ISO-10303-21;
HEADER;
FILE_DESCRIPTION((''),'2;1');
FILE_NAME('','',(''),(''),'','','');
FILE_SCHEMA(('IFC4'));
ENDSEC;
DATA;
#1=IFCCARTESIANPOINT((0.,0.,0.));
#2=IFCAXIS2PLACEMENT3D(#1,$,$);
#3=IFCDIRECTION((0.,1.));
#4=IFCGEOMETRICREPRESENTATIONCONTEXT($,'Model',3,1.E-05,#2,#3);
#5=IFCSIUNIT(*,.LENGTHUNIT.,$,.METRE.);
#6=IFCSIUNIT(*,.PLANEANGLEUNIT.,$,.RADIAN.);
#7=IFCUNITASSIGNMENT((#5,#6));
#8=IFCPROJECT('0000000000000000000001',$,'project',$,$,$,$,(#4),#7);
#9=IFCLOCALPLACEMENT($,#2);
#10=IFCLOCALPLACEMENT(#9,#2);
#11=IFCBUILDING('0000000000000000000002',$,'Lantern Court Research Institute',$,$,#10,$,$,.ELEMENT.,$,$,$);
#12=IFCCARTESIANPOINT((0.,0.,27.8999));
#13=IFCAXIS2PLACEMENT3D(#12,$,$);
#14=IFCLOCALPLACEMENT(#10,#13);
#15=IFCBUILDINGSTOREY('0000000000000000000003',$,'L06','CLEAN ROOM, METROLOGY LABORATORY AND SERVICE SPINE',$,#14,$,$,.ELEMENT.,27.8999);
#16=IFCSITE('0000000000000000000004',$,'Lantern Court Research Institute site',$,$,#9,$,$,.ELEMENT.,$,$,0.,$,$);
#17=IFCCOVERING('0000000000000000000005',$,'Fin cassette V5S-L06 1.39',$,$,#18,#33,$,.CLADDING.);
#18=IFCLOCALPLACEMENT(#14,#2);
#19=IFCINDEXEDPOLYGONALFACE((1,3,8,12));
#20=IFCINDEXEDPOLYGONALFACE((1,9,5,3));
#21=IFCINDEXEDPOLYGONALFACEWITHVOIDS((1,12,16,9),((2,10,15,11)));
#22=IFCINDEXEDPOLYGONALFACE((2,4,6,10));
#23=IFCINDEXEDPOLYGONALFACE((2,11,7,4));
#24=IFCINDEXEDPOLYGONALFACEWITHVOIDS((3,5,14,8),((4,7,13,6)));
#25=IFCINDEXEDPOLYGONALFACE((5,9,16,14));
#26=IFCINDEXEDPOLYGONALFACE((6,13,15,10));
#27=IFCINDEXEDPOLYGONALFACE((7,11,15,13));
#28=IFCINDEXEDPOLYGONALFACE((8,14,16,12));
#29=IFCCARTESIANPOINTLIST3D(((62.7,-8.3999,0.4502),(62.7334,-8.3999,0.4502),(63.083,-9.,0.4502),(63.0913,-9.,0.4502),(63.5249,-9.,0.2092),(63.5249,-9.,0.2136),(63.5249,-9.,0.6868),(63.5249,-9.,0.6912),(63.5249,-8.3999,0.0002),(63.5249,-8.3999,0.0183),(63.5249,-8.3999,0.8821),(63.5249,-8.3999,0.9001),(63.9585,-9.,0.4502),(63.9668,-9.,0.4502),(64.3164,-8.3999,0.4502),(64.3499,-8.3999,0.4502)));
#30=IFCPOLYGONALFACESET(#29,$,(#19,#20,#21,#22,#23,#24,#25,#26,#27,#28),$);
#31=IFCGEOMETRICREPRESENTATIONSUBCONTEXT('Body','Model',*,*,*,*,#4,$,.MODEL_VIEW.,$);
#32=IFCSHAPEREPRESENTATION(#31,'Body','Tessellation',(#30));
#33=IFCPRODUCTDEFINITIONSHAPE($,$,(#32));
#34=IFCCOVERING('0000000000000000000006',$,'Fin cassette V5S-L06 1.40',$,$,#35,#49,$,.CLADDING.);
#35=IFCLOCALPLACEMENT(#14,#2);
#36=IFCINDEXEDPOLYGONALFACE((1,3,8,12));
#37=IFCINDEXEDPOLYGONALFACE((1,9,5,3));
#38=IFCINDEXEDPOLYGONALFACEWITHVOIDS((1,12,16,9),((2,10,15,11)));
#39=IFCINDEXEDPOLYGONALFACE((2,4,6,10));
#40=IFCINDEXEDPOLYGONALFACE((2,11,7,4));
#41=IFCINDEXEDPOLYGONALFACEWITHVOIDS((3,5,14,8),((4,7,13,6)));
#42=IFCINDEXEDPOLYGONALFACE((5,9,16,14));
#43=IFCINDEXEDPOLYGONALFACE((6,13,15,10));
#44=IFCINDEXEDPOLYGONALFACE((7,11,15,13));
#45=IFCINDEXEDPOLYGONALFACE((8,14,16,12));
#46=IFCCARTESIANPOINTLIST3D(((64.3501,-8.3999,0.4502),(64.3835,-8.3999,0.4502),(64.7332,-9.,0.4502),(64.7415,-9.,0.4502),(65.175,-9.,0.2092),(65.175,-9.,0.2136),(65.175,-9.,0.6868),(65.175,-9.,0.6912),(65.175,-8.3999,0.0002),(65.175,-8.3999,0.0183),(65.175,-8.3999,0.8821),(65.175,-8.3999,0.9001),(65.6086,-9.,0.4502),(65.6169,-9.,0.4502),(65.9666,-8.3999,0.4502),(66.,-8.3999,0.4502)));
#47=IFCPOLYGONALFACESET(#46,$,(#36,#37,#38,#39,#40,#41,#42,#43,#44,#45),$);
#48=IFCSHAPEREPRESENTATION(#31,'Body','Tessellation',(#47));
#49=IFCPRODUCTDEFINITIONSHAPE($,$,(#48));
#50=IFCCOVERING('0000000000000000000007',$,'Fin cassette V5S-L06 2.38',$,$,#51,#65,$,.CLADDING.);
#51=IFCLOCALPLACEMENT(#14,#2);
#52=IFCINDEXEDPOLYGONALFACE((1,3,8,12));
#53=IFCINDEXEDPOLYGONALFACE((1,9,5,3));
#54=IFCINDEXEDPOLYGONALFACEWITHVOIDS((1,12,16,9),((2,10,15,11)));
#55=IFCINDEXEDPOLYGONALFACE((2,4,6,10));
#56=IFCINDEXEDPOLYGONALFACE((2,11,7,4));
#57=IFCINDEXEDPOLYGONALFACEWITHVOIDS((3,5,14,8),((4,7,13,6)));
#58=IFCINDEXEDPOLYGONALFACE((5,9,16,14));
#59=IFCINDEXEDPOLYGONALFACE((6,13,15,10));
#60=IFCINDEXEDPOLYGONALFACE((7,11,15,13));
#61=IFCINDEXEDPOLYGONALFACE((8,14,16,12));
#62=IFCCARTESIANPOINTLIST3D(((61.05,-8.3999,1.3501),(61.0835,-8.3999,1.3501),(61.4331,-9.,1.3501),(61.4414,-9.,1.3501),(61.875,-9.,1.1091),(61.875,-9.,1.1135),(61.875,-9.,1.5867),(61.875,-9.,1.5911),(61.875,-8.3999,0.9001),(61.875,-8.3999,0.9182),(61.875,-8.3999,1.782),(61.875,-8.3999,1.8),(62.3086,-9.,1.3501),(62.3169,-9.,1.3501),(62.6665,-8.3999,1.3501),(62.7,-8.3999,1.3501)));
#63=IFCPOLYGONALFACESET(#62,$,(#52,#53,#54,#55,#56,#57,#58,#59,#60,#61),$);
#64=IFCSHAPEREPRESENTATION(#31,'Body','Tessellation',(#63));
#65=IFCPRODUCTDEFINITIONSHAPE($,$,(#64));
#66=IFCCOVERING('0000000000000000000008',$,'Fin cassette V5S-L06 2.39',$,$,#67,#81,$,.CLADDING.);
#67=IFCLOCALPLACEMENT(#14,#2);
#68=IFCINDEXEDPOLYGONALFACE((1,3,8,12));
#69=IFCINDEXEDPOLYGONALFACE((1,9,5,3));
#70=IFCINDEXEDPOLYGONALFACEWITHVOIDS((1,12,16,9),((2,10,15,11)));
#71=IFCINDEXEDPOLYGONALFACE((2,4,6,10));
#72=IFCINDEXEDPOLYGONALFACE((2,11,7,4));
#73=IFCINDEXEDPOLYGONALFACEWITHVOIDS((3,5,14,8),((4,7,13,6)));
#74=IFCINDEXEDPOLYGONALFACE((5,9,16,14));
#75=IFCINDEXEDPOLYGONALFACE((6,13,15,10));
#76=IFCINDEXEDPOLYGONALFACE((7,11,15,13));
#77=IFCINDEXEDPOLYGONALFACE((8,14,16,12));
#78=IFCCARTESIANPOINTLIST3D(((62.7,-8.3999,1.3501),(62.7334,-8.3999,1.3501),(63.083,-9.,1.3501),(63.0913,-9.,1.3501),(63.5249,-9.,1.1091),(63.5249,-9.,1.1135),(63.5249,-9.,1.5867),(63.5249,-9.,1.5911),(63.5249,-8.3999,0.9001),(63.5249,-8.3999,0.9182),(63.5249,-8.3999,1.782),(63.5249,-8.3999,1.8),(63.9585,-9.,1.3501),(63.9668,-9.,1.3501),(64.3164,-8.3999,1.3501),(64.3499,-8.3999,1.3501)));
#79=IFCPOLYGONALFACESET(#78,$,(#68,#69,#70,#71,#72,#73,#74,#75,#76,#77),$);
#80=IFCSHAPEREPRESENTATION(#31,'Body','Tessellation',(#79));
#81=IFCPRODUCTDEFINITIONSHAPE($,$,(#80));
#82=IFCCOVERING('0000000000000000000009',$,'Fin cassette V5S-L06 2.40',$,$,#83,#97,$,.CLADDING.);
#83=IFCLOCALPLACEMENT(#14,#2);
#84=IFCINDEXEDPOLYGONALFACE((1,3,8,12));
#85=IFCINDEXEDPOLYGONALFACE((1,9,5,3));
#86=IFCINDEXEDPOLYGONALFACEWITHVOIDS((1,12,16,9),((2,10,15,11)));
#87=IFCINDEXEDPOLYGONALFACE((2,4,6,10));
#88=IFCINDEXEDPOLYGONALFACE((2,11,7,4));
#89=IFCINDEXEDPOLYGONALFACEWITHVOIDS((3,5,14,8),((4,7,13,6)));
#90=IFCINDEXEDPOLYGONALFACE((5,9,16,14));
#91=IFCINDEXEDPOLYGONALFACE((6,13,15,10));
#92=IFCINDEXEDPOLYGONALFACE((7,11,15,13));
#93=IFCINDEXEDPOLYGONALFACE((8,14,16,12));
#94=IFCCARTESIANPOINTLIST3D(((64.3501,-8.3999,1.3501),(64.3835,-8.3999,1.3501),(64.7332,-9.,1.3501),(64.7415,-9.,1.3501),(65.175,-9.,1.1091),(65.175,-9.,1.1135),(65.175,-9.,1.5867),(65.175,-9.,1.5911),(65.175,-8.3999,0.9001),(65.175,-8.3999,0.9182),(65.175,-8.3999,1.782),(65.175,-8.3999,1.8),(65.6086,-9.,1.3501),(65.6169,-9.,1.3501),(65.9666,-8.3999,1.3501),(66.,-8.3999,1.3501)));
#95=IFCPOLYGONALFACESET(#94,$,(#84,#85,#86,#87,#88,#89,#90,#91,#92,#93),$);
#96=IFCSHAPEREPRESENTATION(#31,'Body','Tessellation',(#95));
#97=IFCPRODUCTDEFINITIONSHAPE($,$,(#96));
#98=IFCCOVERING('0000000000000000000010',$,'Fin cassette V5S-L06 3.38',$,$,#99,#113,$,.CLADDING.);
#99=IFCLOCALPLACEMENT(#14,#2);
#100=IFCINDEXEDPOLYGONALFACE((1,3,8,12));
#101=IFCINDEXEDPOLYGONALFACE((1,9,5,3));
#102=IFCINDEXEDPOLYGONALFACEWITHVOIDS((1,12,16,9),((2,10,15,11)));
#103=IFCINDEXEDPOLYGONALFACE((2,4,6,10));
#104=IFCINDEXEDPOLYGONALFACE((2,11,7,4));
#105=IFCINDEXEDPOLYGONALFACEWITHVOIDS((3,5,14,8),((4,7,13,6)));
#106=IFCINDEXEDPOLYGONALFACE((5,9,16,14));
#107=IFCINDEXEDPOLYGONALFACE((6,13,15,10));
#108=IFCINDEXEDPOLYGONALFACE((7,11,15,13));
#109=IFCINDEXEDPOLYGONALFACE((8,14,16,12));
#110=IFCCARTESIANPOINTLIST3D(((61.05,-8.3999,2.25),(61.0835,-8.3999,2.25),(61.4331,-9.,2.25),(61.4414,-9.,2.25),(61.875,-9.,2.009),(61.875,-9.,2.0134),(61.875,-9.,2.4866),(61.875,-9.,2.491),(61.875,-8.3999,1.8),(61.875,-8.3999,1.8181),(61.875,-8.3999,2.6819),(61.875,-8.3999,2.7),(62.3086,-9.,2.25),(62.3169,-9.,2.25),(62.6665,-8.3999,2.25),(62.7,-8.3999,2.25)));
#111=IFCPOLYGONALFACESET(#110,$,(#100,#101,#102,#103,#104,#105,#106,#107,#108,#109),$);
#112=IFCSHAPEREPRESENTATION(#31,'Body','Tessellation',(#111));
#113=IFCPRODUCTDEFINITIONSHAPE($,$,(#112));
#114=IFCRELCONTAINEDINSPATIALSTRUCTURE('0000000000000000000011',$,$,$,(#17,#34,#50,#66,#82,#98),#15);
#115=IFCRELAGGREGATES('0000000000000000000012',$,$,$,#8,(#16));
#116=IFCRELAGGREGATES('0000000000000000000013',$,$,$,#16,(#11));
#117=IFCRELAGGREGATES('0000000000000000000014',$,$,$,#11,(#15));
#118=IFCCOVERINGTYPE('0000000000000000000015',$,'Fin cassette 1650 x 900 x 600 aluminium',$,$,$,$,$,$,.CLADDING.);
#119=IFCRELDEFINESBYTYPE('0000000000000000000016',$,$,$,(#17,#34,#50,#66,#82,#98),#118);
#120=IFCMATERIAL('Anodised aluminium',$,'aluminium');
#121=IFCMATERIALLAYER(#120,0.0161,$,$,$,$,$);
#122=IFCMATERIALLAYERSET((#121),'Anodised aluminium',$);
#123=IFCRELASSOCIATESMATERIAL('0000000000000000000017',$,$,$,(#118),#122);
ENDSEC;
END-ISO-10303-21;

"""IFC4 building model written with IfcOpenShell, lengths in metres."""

from ifc_helpers import new_model, entity, si_unit, direction, frame, origin, place, context, subcontext, project, spatial, material, layer, layer_set, type_object, element, save


model = new_model("IFC4")

# Units and contexts
model_context = context("Model", 3, precision=1e-05, world=origin(), true_north=direction((0.0, 1.0)))
body_context = subcontext(model_context, "Body", "Model", "MODEL_VIEW")
ifc_project = project(units=[si_unit("LENGTHUNIT", "METRE"), si_unit("PLANEANGLEUNIT", "RADIAN")], contexts=[model_context])

# Site, building, storey
site_placement = place(None, origin())
site = spatial("IfcSite", under=ifc_project, at=site_placement, Name="Lantern Court Research Institute site", CompositionType="ELEMENT", RefElevation=0.0)
building_placement = place(site_placement, origin())
building = spatial("IfcBuilding", under=site, at=building_placement, Name="Lantern Court Research Institute", CompositionType="ELEMENT")
storey_placement = place(building_placement, frame((0.0, 0.0, 27.8999)))
storey = spatial("IfcBuildingStorey", under=building, at=storey_placement, Name="L06", Description="CLEAN ROOM, METROLOGY LABORATORY AND SERVICE SPINE", CompositionType="ELEMENT", Elevation=27.8999)

# Coverings
ifc_material_1 = material(Name="Anodised aluminium", Category="aluminium")
ifc_layer_1 = layer(ifc_material_1, 0.0161)
ifc_layer_set_1 = layer_set([ifc_layer_1], Name="Anodised aluminium")
covering_type = type_object("IfcCoveringType", Name="Fin cassette 1650 x 900 x 600 aluminium", PredefinedType="CLADDING", material=ifc_layer_set_1)
covering_1_placement = place(storey_placement, frame((63.5249, -8.3999, 0.4502), z_axis=(0.0, -1.0, 0.0), x_axis=(1.0, 0.0, 0.0)))
cartesian_point_1 = entity("IfcCartesianPoint", [0.825, 0.0])
cartesian_point_2 = entity("IfcCartesianPoint", [0.7915, 0.0])
cartesian_point_3 = entity("IfcCartesianPoint", [0.4419, 0.0])
cartesian_point_4 = entity("IfcCartesianPoint", [0.4336, 0.0])
element("IfcCovering", 1, at=covering_1_placement, inside=storey, type_object=covering_type, Name="Fin cassette V5S-L06 1.39", PredefinedType="CLADDING", context=body_context, shape_type="SweptSolid", body=[
    entity("IfcExtrudedAreaSolidTapered", entity("IfcArbitraryProfileDefWithVoids", "AREA", None, entity("IfcPolyline", [cartesian_point_1, entity("IfcCartesianPoint", [0.0, 0.45]), entity("IfcCartesianPoint", [-0.825, 0.0]), entity("IfcCartesianPoint", [0.0, -0.45]), cartesian_point_1]), [entity("IfcPolyline", [cartesian_point_2, entity("IfcCartesianPoint", [0.0, 0.4319]), entity("IfcCartesianPoint", [-0.7915, 0.0]), entity("IfcCartesianPoint", [0.0, -0.4319]), cartesian_point_2])]), entity("IfcAxis2Placement3D", entity("IfcCartesianPoint", [0.0, 0.0, 0.0])), entity("IfcDirection", [0.0, 0.0, 1.0]), 0.6001, entity("IfcArbitraryProfileDefWithVoids", "AREA", None, entity("IfcPolyline", [cartesian_point_3, entity("IfcCartesianPoint", [0.0, 0.241]), entity("IfcCartesianPoint", [-0.4419, 0.0]), entity("IfcCartesianPoint", [0.0, -0.241]), cartesian_point_3]), [entity("IfcPolyline", [cartesian_point_4, entity("IfcCartesianPoint", [0.0, 0.2366]), entity("IfcCartesianPoint", [-0.4336, 0.0]), entity("IfcCartesianPoint", [0.0, -0.2366]), cartesian_point_4])])),
])
covering_2_placement = place(storey_placement, frame((65.175, -8.3999, 0.4502), z_axis=(0.0, -1.0, 0.0), x_axis=(1.0, 0.0, 0.0)))
cartesian_point_5 = entity("IfcCartesianPoint", [0.825, 0.0])
cartesian_point_6 = entity("IfcCartesianPoint", [0.7915, 0.0])
cartesian_point_7 = entity("IfcCartesianPoint", [0.4419, 0.0])
cartesian_point_8 = entity("IfcCartesianPoint", [0.4336, 0.0])
element("IfcCovering", 2, at=covering_2_placement, inside=storey, type_object=covering_type, Name="Fin cassette V5S-L06 1.40", PredefinedType="CLADDING", context=body_context, shape_type="SweptSolid", body=[
    entity("IfcExtrudedAreaSolidTapered", entity("IfcArbitraryProfileDefWithVoids", "AREA", None, entity("IfcPolyline", [cartesian_point_5, entity("IfcCartesianPoint", [0.0, 0.45]), entity("IfcCartesianPoint", [-0.825, 0.0]), entity("IfcCartesianPoint", [0.0, -0.45]), cartesian_point_5]), [entity("IfcPolyline", [cartesian_point_6, entity("IfcCartesianPoint", [0.0, 0.4319]), entity("IfcCartesianPoint", [-0.7915, 0.0]), entity("IfcCartesianPoint", [0.0, -0.4319]), cartesian_point_6])]), entity("IfcAxis2Placement3D", entity("IfcCartesianPoint", [0.0, 0.0, 0.0])), entity("IfcDirection", [0.0, 0.0, 1.0]), 0.6001, entity("IfcArbitraryProfileDefWithVoids", "AREA", None, entity("IfcPolyline", [cartesian_point_7, entity("IfcCartesianPoint", [0.0, 0.241]), entity("IfcCartesianPoint", [-0.4419, 0.0]), entity("IfcCartesianPoint", [0.0, -0.241]), cartesian_point_7]), [entity("IfcPolyline", [cartesian_point_8, entity("IfcCartesianPoint", [0.0, 0.2366]), entity("IfcCartesianPoint", [-0.4336, 0.0]), entity("IfcCartesianPoint", [0.0, -0.2366]), cartesian_point_8])])),
])
covering_3_placement = place(storey_placement, frame((61.875, -8.3999, 1.3501), z_axis=(0.0, -1.0, 0.0), x_axis=(1.0, 0.0, 0.0)))
cartesian_point_9 = entity("IfcCartesianPoint", [0.825, 0.0])
cartesian_point_10 = entity("IfcCartesianPoint", [0.7915, 0.0])
cartesian_point_11 = entity("IfcCartesianPoint", [0.4419, 0.0])
cartesian_point_12 = entity("IfcCartesianPoint", [0.4336, 0.0])
element("IfcCovering", 3, at=covering_3_placement, inside=storey, type_object=covering_type, Name="Fin cassette V5S-L06 2.38", PredefinedType="CLADDING", context=body_context, shape_type="SweptSolid", body=[
    entity("IfcExtrudedAreaSolidTapered", entity("IfcArbitraryProfileDefWithVoids", "AREA", None, entity("IfcPolyline", [cartesian_point_9, entity("IfcCartesianPoint", [0.0, 0.45]), entity("IfcCartesianPoint", [-0.825, 0.0]), entity("IfcCartesianPoint", [0.0, -0.45]), cartesian_point_9]), [entity("IfcPolyline", [cartesian_point_10, entity("IfcCartesianPoint", [0.0, 0.4319]), entity("IfcCartesianPoint", [-0.7915, 0.0]), entity("IfcCartesianPoint", [0.0, -0.4319]), cartesian_point_10])]), entity("IfcAxis2Placement3D", entity("IfcCartesianPoint", [0.0, 0.0, 0.0])), entity("IfcDirection", [0.0, 0.0, 1.0]), 0.6001, entity("IfcArbitraryProfileDefWithVoids", "AREA", None, entity("IfcPolyline", [cartesian_point_11, entity("IfcCartesianPoint", [0.0, 0.241]), entity("IfcCartesianPoint", [-0.4419, 0.0]), entity("IfcCartesianPoint", [0.0, -0.241]), cartesian_point_11]), [entity("IfcPolyline", [cartesian_point_12, entity("IfcCartesianPoint", [0.0, 0.2366]), entity("IfcCartesianPoint", [-0.4336, 0.0]), entity("IfcCartesianPoint", [0.0, -0.2366]), cartesian_point_12])])),
])
covering_4_placement = place(storey_placement, frame((63.5249, -8.3999, 1.3501), z_axis=(0.0, -1.0, 0.0), x_axis=(1.0, 0.0, 0.0)))
cartesian_point_13 = entity("IfcCartesianPoint", [0.825, 0.0])
cartesian_point_14 = entity("IfcCartesianPoint", [0.7915, 0.0])
cartesian_point_15 = entity("IfcCartesianPoint", [0.4419, 0.0])
cartesian_point_16 = entity("IfcCartesianPoint", [0.4336, 0.0])
element("IfcCovering", 4, at=covering_4_placement, inside=storey, type_object=covering_type, Name="Fin cassette V5S-L06 2.39", PredefinedType="CLADDING", context=body_context, shape_type="SweptSolid", body=[
    entity("IfcExtrudedAreaSolidTapered", entity("IfcArbitraryProfileDefWithVoids", "AREA", None, entity("IfcPolyline", [cartesian_point_13, entity("IfcCartesianPoint", [0.0, 0.45]), entity("IfcCartesianPoint", [-0.825, 0.0]), entity("IfcCartesianPoint", [0.0, -0.45]), cartesian_point_13]), [entity("IfcPolyline", [cartesian_point_14, entity("IfcCartesianPoint", [0.0, 0.4319]), entity("IfcCartesianPoint", [-0.7915, 0.0]), entity("IfcCartesianPoint", [0.0, -0.4319]), cartesian_point_14])]), entity("IfcAxis2Placement3D", entity("IfcCartesianPoint", [0.0, 0.0, 0.0])), entity("IfcDirection", [0.0, 0.0, 1.0]), 0.6001, entity("IfcArbitraryProfileDefWithVoids", "AREA", None, entity("IfcPolyline", [cartesian_point_15, entity("IfcCartesianPoint", [0.0, 0.241]), entity("IfcCartesianPoint", [-0.4419, 0.0]), entity("IfcCartesianPoint", [0.0, -0.241]), cartesian_point_15]), [entity("IfcPolyline", [cartesian_point_16, entity("IfcCartesianPoint", [0.0, 0.2366]), entity("IfcCartesianPoint", [-0.4336, 0.0]), entity("IfcCartesianPoint", [0.0, -0.2366]), cartesian_point_16])])),
])
covering_5_placement = place(storey_placement, frame((65.175, -8.3999, 1.3501), z_axis=(0.0, -1.0, 0.0), x_axis=(1.0, 0.0, 0.0)))
cartesian_point_17 = entity("IfcCartesianPoint", [0.825, 0.0])
cartesian_point_18 = entity("IfcCartesianPoint", [0.7915, 0.0])
cartesian_point_19 = entity("IfcCartesianPoint", [0.4419, 0.0])
cartesian_point_20 = entity("IfcCartesianPoint", [0.4336, 0.0])
element("IfcCovering", 5, at=covering_5_placement, inside=storey, type_object=covering_type, Name="Fin cassette V5S-L06 2.40", PredefinedType="CLADDING", context=body_context, shape_type="SweptSolid", body=[
    entity("IfcExtrudedAreaSolidTapered", entity("IfcArbitraryProfileDefWithVoids", "AREA", None, entity("IfcPolyline", [cartesian_point_17, entity("IfcCartesianPoint", [0.0, 0.45]), entity("IfcCartesianPoint", [-0.825, 0.0]), entity("IfcCartesianPoint", [0.0, -0.45]), cartesian_point_17]), [entity("IfcPolyline", [cartesian_point_18, entity("IfcCartesianPoint", [0.0, 0.4319]), entity("IfcCartesianPoint", [-0.7915, 0.0]), entity("IfcCartesianPoint", [0.0, -0.4319]), cartesian_point_18])]), entity("IfcAxis2Placement3D", entity("IfcCartesianPoint", [0.0, 0.0, 0.0])), entity("IfcDirection", [0.0, 0.0, 1.0]), 0.6001, entity("IfcArbitraryProfileDefWithVoids", "AREA", None, entity("IfcPolyline", [cartesian_point_19, entity("IfcCartesianPoint", [0.0, 0.241]), entity("IfcCartesianPoint", [-0.4419, 0.0]), entity("IfcCartesianPoint", [0.0, -0.241]), cartesian_point_19]), [entity("IfcPolyline", [cartesian_point_20, entity("IfcCartesianPoint", [0.0, 0.2366]), entity("IfcCartesianPoint", [-0.4336, 0.0]), entity("IfcCartesianPoint", [0.0, -0.2366]), cartesian_point_20])])),
])
covering_6_placement = place(storey_placement, frame((61.875, -8.3999, 2.25), z_axis=(0.0, -1.0, 0.0), x_axis=(1.0, 0.0, 0.0)))
cartesian_point_21 = entity("IfcCartesianPoint", [0.825, 0.0])
cartesian_point_22 = entity("IfcCartesianPoint", [0.7915, 0.0])
cartesian_point_23 = entity("IfcCartesianPoint", [0.4419, 0.0])
cartesian_point_24 = entity("IfcCartesianPoint", [0.4336, 0.0])
element("IfcCovering", 6, at=covering_6_placement, inside=storey, type_object=covering_type, Name="Fin cassette V5S-L06 3.38", PredefinedType="CLADDING", context=body_context, shape_type="SweptSolid", body=[
    entity("IfcExtrudedAreaSolidTapered", entity("IfcArbitraryProfileDefWithVoids", "AREA", None, entity("IfcPolyline", [cartesian_point_21, entity("IfcCartesianPoint", [0.0, 0.45]), entity("IfcCartesianPoint", [-0.825, 0.0]), entity("IfcCartesianPoint", [0.0, -0.45]), cartesian_point_21]), [entity("IfcPolyline", [cartesian_point_22, entity("IfcCartesianPoint", [0.0, 0.4319]), entity("IfcCartesianPoint", [-0.7915, 0.0]), entity("IfcCartesianPoint", [0.0, -0.4319]), cartesian_point_22])]), entity("IfcAxis2Placement3D", entity("IfcCartesianPoint", [0.0, 0.0, 0.0])), entity("IfcDirection", [0.0, 0.0, 1.0]), 0.6001, entity("IfcArbitraryProfileDefWithVoids", "AREA", None, entity("IfcPolyline", [cartesian_point_23, entity("IfcCartesianPoint", [0.0, 0.241]), entity("IfcCartesianPoint", [-0.4419, 0.0]), entity("IfcCartesianPoint", [0.0, -0.241]), cartesian_point_23]), [entity("IfcPolyline", [cartesian_point_24, entity("IfcCartesianPoint", [0.0, 0.2366]), entity("IfcCartesianPoint", [-0.4336, 0.0]), entity("IfcCartesianPoint", [0.0, -0.2366]), cartesian_point_24])])),
])

save(model, "model.ifc")
